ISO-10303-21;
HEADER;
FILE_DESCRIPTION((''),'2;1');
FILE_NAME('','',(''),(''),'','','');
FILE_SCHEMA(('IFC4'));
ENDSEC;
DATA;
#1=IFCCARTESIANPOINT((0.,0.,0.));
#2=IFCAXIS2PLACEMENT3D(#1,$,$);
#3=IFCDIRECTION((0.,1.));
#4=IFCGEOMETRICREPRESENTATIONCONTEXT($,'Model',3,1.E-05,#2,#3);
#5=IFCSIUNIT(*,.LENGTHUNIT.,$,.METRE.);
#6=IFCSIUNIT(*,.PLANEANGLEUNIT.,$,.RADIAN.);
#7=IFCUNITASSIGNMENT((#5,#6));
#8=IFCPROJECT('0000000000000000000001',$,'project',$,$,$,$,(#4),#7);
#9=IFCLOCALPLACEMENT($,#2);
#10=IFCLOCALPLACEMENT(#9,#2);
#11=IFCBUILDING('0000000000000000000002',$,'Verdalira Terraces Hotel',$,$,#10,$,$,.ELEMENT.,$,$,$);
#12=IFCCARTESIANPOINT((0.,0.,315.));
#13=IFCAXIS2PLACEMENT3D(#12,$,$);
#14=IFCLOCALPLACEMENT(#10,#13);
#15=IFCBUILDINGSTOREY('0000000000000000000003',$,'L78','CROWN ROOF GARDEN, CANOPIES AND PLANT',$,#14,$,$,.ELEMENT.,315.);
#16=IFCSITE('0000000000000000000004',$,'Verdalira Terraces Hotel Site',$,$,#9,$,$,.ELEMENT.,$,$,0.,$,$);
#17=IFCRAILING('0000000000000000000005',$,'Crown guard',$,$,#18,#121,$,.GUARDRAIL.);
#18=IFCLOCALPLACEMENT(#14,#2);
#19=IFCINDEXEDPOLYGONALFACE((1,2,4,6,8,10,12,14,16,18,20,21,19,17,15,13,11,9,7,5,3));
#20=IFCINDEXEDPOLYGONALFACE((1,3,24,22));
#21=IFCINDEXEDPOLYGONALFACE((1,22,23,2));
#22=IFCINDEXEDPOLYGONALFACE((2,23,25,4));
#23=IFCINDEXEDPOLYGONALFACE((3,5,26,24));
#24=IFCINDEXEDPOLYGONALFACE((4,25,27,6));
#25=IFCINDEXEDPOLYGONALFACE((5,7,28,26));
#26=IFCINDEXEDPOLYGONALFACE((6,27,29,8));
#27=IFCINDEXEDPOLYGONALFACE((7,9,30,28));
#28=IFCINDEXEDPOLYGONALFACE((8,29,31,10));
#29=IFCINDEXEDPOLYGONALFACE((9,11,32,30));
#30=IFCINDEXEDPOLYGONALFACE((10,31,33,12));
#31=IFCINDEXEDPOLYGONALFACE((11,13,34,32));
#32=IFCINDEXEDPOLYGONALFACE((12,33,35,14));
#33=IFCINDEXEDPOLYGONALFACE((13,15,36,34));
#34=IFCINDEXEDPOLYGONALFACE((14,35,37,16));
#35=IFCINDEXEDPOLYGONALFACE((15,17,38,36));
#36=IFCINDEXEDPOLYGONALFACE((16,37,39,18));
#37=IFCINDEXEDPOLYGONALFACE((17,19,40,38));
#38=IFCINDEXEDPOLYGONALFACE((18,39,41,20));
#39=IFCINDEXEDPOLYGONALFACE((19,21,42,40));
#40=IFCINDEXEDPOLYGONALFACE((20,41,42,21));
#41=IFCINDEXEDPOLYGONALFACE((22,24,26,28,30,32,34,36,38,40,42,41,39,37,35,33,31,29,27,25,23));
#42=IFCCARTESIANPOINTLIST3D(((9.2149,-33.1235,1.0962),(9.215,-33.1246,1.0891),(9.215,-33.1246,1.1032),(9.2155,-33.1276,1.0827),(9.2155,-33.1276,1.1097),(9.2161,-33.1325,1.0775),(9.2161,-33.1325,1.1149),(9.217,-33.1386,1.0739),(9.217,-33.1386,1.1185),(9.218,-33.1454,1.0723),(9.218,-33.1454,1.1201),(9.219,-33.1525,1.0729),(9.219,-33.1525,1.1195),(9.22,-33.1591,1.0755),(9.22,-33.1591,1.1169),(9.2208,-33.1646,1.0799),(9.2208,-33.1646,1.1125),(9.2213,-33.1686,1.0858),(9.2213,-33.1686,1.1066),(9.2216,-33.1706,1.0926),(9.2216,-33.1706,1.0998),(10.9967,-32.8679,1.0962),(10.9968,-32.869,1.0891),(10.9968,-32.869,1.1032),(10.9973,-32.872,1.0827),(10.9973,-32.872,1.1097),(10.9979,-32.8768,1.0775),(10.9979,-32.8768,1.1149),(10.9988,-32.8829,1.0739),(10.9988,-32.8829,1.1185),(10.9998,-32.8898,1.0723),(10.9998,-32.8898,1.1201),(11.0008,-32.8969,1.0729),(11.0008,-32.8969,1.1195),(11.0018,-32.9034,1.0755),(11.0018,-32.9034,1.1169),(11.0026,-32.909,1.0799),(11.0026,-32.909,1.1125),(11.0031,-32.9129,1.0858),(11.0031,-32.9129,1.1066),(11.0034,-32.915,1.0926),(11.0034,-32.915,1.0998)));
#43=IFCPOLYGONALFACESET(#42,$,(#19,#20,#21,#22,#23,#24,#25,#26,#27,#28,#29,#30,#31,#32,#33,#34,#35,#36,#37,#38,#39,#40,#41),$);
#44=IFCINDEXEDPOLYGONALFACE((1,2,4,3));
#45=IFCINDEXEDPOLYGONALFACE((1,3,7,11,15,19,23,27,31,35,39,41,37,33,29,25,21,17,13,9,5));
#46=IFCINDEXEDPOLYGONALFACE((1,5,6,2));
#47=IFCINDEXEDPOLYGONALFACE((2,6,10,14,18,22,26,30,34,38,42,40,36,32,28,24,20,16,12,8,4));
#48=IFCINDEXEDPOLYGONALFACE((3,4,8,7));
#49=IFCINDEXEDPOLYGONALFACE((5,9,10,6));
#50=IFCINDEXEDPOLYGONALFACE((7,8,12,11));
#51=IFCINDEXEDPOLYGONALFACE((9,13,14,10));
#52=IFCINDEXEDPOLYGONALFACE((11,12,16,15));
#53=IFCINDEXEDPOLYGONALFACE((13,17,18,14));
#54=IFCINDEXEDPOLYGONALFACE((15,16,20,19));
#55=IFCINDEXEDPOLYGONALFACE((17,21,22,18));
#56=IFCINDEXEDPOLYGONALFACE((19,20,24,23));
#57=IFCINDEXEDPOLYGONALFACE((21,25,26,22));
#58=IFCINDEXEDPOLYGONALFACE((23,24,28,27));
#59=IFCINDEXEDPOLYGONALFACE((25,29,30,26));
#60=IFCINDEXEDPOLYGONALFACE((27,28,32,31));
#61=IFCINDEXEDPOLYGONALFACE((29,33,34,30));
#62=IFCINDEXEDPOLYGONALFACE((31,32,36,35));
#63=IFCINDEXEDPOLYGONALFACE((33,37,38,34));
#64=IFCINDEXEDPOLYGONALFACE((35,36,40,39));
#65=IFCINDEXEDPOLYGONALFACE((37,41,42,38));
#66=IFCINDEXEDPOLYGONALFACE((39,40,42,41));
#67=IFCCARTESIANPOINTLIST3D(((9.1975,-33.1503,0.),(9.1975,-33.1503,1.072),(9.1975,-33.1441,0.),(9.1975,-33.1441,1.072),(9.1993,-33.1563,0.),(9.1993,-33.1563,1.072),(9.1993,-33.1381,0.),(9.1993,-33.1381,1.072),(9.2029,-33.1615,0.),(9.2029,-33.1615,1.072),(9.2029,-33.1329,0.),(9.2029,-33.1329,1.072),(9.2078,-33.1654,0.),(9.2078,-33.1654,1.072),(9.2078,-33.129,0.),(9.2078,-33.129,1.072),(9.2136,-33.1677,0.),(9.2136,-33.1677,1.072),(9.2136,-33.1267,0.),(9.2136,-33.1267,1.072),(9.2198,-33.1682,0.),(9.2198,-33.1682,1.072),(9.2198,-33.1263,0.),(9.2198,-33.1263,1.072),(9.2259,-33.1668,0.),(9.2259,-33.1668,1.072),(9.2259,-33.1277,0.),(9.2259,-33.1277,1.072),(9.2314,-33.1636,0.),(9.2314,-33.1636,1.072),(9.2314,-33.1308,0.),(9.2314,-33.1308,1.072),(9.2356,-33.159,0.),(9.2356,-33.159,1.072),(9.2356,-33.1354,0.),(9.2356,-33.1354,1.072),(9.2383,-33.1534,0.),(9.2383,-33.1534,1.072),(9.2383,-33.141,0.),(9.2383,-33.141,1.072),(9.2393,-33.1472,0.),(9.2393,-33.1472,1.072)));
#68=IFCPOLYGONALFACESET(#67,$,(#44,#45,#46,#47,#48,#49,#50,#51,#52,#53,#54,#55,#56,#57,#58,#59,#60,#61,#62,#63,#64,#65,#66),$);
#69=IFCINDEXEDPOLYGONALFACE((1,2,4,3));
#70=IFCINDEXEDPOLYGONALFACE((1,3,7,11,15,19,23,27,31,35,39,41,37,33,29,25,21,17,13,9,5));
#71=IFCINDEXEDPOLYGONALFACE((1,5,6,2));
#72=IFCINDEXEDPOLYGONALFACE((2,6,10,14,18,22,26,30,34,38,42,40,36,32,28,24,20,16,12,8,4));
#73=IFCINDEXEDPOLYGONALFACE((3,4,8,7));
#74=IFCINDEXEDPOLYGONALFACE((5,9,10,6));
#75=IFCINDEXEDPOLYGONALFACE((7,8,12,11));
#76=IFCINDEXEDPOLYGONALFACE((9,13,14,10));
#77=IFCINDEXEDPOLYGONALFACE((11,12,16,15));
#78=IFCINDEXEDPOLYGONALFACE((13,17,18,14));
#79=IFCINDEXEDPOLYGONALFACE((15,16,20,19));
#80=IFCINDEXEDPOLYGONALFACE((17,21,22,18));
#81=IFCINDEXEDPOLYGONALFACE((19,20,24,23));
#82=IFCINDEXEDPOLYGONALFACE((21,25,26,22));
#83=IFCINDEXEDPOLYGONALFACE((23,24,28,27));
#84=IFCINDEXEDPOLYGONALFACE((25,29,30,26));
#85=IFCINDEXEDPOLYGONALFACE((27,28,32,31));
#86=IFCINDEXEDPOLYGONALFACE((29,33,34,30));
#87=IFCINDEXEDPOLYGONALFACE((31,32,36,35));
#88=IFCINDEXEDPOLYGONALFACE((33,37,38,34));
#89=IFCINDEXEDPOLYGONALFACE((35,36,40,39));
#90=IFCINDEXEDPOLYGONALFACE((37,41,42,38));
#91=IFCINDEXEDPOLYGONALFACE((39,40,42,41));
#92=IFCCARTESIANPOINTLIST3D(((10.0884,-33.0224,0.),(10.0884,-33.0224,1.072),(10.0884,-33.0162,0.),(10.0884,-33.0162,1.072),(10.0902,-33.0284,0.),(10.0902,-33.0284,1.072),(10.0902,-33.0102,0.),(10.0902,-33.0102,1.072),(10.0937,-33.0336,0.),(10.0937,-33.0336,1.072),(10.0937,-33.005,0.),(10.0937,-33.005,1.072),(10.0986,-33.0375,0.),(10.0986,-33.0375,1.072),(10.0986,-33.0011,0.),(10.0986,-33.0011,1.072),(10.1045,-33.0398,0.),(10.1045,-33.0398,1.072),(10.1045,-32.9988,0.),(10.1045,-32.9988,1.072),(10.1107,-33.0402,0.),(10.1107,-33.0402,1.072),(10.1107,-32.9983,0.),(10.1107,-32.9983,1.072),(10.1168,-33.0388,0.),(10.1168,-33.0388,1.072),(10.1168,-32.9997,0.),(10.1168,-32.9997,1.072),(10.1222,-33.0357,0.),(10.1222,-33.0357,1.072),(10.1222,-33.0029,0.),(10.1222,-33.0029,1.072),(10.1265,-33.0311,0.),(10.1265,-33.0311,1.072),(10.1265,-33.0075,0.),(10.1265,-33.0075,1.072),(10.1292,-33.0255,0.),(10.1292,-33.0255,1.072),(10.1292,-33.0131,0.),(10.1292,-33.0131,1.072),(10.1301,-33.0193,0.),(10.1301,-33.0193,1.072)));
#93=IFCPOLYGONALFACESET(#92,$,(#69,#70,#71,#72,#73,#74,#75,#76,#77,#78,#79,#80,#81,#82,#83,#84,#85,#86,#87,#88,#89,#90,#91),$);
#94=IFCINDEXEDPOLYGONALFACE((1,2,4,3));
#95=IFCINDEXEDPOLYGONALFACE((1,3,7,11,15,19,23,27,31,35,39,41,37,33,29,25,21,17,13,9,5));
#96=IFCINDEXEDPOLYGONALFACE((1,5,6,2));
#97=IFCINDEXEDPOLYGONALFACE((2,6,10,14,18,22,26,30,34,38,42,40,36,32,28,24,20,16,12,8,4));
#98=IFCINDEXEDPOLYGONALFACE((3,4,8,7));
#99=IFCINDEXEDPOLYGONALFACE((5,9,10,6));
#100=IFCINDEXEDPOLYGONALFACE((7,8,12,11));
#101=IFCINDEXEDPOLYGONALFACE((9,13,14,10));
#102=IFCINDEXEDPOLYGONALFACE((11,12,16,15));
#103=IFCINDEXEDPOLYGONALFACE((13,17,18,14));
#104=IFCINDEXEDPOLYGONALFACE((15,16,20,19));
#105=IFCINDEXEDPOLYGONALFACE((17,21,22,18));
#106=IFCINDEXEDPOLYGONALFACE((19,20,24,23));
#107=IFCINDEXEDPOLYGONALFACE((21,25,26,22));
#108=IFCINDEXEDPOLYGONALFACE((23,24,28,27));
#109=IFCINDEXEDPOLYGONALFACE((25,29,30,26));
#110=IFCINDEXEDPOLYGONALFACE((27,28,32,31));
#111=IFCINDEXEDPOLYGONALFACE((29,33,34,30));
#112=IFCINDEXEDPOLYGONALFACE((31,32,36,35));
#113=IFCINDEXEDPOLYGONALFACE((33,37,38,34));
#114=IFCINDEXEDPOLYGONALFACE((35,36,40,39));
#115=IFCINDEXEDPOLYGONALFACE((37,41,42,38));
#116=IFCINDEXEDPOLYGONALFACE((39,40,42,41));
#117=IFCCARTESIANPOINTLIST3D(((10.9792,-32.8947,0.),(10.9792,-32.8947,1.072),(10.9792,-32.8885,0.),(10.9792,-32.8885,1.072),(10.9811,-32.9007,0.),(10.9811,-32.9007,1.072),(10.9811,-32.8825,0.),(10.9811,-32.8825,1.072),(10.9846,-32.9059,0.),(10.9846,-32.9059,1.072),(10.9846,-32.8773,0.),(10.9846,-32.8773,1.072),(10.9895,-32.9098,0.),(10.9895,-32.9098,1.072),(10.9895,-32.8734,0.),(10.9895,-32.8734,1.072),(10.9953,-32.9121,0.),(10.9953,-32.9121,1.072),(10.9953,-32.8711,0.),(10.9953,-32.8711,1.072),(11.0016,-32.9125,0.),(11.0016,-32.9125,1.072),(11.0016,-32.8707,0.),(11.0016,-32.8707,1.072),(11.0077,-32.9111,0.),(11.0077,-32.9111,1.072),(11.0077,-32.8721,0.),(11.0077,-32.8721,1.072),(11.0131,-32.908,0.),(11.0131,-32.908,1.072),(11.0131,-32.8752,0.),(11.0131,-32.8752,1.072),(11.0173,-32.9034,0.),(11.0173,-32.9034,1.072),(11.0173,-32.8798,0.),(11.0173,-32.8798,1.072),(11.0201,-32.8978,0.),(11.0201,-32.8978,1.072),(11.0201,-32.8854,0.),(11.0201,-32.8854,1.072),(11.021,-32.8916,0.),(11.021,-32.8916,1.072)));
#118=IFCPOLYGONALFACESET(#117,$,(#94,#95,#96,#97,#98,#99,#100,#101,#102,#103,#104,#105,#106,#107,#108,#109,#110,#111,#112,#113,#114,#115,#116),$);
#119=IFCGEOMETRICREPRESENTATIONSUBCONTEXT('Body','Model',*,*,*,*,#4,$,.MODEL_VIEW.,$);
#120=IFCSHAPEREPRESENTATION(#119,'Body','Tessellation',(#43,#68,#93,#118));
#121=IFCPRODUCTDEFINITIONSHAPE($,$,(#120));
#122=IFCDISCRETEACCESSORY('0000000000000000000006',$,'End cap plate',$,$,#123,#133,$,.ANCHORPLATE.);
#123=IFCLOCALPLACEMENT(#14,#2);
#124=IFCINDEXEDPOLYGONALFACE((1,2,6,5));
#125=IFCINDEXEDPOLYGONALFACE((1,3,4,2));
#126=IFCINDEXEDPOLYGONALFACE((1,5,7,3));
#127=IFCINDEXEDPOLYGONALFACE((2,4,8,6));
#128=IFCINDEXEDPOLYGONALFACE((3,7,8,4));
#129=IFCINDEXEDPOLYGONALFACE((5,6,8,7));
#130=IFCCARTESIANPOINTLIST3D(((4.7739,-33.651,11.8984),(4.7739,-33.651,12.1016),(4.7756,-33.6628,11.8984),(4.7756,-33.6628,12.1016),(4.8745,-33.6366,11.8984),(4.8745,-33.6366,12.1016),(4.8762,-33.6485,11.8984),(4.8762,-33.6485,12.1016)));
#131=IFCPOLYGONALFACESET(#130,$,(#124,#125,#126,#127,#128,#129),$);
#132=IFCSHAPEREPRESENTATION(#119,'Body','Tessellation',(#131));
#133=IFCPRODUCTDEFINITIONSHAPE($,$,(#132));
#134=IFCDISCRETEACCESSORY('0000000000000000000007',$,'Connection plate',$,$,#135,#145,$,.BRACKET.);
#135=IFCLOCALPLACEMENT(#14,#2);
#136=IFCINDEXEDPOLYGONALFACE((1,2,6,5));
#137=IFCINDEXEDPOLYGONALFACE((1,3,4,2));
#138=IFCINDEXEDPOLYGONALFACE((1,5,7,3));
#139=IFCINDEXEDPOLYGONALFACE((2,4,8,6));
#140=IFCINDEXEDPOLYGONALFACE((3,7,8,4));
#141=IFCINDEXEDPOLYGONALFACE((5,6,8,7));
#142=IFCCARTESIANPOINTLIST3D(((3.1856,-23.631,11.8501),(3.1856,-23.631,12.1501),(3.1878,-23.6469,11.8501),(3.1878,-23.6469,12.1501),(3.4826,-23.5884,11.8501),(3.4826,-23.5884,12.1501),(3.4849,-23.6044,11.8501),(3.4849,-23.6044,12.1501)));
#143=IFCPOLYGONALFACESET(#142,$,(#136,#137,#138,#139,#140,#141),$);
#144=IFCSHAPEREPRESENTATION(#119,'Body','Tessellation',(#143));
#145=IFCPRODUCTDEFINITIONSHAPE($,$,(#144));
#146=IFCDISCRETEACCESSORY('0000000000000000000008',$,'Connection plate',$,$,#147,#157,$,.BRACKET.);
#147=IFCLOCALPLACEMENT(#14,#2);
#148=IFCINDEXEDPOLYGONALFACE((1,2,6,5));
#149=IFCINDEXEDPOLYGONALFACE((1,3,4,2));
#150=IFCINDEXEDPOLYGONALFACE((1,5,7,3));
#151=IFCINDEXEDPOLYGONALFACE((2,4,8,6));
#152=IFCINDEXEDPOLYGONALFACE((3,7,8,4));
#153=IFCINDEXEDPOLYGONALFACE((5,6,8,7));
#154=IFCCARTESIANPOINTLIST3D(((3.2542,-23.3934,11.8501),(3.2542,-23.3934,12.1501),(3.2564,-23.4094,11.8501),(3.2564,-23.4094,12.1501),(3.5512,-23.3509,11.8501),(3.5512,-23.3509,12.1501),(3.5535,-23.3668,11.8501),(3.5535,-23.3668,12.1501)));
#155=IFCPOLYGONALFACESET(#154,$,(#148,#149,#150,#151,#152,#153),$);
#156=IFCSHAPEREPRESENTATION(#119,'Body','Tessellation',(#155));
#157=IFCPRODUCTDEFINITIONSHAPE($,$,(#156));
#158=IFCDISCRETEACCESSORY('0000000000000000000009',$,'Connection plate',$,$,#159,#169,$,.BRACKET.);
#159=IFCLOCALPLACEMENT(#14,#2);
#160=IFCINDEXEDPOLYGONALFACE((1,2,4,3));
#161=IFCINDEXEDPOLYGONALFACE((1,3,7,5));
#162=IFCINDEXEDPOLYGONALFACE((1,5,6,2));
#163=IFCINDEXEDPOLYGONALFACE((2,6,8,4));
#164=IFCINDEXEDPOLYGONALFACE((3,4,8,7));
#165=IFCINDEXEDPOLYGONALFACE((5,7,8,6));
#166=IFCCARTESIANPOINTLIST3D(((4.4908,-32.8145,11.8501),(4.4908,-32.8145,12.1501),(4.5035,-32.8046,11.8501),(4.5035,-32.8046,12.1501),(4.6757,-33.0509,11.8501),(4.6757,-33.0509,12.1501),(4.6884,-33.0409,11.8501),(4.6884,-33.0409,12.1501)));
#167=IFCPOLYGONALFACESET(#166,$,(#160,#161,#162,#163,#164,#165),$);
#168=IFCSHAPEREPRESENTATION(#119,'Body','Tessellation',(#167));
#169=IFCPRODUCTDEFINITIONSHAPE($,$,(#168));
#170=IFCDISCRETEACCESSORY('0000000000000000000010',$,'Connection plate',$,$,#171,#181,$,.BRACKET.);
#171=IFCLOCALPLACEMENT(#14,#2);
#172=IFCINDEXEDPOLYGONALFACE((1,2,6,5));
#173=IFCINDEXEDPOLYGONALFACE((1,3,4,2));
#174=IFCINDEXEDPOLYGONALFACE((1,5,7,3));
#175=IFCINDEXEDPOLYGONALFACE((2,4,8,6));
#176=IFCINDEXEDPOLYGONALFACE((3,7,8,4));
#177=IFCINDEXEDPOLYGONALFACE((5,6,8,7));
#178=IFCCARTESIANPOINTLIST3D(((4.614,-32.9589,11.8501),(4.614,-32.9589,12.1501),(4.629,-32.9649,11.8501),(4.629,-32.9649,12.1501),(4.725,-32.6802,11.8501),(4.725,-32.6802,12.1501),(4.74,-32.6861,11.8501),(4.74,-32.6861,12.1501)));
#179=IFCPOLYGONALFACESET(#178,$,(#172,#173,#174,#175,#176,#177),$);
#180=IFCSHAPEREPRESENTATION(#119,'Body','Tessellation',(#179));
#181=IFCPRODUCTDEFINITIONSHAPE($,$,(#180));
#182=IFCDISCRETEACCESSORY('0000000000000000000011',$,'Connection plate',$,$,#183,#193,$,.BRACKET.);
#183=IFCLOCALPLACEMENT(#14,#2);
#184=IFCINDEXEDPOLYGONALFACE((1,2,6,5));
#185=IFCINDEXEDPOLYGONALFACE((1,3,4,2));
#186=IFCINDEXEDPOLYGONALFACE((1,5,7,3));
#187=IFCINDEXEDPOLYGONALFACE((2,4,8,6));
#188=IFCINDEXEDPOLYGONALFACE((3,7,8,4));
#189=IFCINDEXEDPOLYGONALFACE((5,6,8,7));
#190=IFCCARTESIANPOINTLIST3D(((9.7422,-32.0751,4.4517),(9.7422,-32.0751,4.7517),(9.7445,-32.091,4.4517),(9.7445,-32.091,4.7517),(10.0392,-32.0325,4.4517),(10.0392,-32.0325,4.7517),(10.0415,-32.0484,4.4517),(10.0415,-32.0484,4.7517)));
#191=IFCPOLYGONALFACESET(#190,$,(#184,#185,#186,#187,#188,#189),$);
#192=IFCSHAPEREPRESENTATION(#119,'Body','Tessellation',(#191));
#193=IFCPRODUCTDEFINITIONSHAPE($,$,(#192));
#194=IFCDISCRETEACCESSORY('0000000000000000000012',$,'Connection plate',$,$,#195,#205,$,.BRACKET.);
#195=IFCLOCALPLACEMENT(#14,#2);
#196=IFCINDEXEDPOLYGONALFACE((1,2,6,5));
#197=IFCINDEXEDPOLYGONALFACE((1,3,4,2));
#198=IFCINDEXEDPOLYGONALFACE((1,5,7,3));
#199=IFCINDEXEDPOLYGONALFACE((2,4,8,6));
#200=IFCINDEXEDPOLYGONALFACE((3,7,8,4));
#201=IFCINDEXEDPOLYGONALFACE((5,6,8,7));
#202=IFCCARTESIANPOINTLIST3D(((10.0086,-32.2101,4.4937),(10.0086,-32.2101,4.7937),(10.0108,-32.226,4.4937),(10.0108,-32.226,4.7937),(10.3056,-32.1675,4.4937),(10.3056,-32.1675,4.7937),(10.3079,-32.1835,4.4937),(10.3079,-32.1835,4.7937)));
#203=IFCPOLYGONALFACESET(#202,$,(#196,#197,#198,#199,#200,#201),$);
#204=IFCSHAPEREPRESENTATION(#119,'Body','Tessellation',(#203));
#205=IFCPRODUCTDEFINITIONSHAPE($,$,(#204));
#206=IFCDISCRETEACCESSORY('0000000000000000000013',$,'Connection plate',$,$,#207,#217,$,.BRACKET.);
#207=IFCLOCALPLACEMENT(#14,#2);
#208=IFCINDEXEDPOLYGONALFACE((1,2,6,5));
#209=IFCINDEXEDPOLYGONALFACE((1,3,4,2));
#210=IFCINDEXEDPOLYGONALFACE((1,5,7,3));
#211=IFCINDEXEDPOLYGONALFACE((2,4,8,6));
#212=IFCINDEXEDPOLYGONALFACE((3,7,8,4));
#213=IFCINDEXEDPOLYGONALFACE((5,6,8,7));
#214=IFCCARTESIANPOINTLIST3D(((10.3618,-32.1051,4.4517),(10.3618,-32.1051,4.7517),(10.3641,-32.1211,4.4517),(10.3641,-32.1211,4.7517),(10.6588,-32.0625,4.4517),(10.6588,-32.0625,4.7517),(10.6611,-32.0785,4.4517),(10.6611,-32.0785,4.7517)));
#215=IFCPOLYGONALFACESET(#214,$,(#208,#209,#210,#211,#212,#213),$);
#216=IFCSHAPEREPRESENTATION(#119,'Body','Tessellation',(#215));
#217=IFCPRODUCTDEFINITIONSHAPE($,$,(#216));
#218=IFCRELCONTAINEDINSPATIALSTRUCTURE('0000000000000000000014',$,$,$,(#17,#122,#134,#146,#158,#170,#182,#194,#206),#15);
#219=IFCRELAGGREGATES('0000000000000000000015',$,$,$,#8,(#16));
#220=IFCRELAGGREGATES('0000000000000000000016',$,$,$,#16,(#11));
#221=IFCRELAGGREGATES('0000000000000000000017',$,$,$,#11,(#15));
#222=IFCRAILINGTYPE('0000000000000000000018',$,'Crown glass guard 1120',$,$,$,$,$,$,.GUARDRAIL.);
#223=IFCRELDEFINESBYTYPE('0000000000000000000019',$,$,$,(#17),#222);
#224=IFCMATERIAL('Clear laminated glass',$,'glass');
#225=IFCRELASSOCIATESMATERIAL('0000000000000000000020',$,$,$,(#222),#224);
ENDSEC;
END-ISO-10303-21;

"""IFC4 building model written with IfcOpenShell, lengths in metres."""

from ifc_helpers import new_model, si_unit, direction, frame, origin, origin_2d, place, context, subcontext, project, spatial, rectangle, circle, extrude, material, type_object, element, save


model = new_model("IFC4")

# Units and contexts
model_context = context("Model", 3, precision=1e-05, world=origin(), true_north=direction((0.0, 1.0)))
body_context = subcontext(model_context, "Body", "Model", "MODEL_VIEW")
ifc_project = project(units=[si_unit("LENGTHUNIT", "METRE"), si_unit("PLANEANGLEUNIT", "RADIAN")], contexts=[model_context])

# Site, building, storey
site_placement = place(None, origin())
site = spatial("IfcSite", under=ifc_project, at=site_placement, Name="Verdalira Terraces Hotel Site", CompositionType="ELEMENT", RefElevation=0.0)
building_placement = place(site_placement, origin())
building = spatial("IfcBuilding", under=site, at=building_placement, Name="Verdalira Terraces Hotel", CompositionType="ELEMENT")
storey_placement = place(building_placement, frame((0.0, 0.0, 315.0)))
storey = spatial("IfcBuildingStorey", under=building, at=storey_placement, Name="L78", Description="CROWN ROOF GARDEN, CANOPIES AND PLANT", CompositionType="ELEMENT", Elevation=315.0)

# Railing
ifc_material_1 = material(Name="Clear laminated glass", Category="glass")
railing_type = type_object("IfcRailingType", Name="Crown glass guard 1120", PredefinedType="GUARDRAIL", material=ifc_material_1)
railing_1_placement = place(storey_placement, frame((9.2183, -33.1472, 0.0)))
element("IfcRailing", 1, at=railing_1_placement, inside=storey, type_object=railing_type, Name="Crown guard", PredefinedType="GUARDRAIL", context=body_context, shape_type="SweptSolid", body=[
    extrude(circle(Radius=0.0239, at=origin_2d()), frame((0.0, 0.0, 1.0962), z_axis=(0.989865, 0.14201, 0.0), x_axis=(-0.14201, 0.989865, 0.0)), (0.0, 0.0, 1.0), 1.8),
    extrude(circle(Radius=0.021, at=origin_2d()), origin(), (0.0, 0.0, 1.0), 1.072),
    extrude(circle(Radius=0.021, at=origin_2d()), frame((0.8909, 0.1279, 0.0)), (0.0, 0.0, 1.0), 1.072),
    extrude(circle(Radius=0.021, at=origin_2d()), frame((1.7817, 0.2556, 0.0)), (0.0, 0.0, 1.0), 1.072),
])

# Discrete accessories
discrete_accessory_placement = place(storey_placement, frame((4.8242, -33.6438, 12.0), z_axis=(0.141421, -0.989949, 0.0), x_axis=(0.989949, 0.141421, 0.0)))
element("IfcDiscreteAccessory", 2, at=discrete_accessory_placement, inside=storey, Name="End cap plate", PredefinedType="ANCHORPLATE", context=body_context, shape_type="SweptSolid", body=[
    extrude(rectangle(XDim=0.1016, YDim=0.2031, at=origin_2d()), origin(), (0.0, 0.0, 1.0), 0.012),
])
for number, where, z_axis, x_axis, name in (
    (3, (3.3352, -23.6177, 11.8501), (0.0, 0.0, 1.0), (-0.989876, -0.141938, 0.0), "Connection plate"),
    (4, (3.4038, -23.3801, 11.8501), (0.0, 0.0, 1.0), (0.989876, 0.141938, 0.0), "Connection plate"),
    (5, (4.5896, -32.9277, 11.8501), (0.0, 0.0, 1.0), (-0.616143, 0.787635, 0.0), "Connection plate"),
    (6, (4.677, -32.8225, 11.8501), (0.0, 0.0, 1.0), (0.36999, 0.929036, 0.0), "Connection plate"),
    (7, (9.8918, -32.0618, 4.4517), (0.0, 0.0, 1.0), (0.989876, 0.141938, 0.0), "Connection plate"),
    (8, (10.1582, -32.1968, 4.4937), (0.0, 0.0, 1.0), (-0.989876, -0.141938, 0.0), "Connection plate"),
    (9, (10.5115, -32.0918, 4.4517), (0.0, 0.0, 1.0), (-0.989876, -0.141938, 0.0), "Connection plate"),
):
    element("IfcDiscreteAccessory", number, at=place(storey_placement, frame(where, z_axis=z_axis, x_axis=x_axis)), inside=storey, Name=name, PredefinedType="BRACKET", context=body_context, shape_type="SweptSolid", body=[
        extrude(rectangle(XDim=0.3, YDim=0.0161, at=origin_2d()), origin(), (0.0, 0.0, 1.0), 0.3),
    ])

save(model, "model.ifc")
